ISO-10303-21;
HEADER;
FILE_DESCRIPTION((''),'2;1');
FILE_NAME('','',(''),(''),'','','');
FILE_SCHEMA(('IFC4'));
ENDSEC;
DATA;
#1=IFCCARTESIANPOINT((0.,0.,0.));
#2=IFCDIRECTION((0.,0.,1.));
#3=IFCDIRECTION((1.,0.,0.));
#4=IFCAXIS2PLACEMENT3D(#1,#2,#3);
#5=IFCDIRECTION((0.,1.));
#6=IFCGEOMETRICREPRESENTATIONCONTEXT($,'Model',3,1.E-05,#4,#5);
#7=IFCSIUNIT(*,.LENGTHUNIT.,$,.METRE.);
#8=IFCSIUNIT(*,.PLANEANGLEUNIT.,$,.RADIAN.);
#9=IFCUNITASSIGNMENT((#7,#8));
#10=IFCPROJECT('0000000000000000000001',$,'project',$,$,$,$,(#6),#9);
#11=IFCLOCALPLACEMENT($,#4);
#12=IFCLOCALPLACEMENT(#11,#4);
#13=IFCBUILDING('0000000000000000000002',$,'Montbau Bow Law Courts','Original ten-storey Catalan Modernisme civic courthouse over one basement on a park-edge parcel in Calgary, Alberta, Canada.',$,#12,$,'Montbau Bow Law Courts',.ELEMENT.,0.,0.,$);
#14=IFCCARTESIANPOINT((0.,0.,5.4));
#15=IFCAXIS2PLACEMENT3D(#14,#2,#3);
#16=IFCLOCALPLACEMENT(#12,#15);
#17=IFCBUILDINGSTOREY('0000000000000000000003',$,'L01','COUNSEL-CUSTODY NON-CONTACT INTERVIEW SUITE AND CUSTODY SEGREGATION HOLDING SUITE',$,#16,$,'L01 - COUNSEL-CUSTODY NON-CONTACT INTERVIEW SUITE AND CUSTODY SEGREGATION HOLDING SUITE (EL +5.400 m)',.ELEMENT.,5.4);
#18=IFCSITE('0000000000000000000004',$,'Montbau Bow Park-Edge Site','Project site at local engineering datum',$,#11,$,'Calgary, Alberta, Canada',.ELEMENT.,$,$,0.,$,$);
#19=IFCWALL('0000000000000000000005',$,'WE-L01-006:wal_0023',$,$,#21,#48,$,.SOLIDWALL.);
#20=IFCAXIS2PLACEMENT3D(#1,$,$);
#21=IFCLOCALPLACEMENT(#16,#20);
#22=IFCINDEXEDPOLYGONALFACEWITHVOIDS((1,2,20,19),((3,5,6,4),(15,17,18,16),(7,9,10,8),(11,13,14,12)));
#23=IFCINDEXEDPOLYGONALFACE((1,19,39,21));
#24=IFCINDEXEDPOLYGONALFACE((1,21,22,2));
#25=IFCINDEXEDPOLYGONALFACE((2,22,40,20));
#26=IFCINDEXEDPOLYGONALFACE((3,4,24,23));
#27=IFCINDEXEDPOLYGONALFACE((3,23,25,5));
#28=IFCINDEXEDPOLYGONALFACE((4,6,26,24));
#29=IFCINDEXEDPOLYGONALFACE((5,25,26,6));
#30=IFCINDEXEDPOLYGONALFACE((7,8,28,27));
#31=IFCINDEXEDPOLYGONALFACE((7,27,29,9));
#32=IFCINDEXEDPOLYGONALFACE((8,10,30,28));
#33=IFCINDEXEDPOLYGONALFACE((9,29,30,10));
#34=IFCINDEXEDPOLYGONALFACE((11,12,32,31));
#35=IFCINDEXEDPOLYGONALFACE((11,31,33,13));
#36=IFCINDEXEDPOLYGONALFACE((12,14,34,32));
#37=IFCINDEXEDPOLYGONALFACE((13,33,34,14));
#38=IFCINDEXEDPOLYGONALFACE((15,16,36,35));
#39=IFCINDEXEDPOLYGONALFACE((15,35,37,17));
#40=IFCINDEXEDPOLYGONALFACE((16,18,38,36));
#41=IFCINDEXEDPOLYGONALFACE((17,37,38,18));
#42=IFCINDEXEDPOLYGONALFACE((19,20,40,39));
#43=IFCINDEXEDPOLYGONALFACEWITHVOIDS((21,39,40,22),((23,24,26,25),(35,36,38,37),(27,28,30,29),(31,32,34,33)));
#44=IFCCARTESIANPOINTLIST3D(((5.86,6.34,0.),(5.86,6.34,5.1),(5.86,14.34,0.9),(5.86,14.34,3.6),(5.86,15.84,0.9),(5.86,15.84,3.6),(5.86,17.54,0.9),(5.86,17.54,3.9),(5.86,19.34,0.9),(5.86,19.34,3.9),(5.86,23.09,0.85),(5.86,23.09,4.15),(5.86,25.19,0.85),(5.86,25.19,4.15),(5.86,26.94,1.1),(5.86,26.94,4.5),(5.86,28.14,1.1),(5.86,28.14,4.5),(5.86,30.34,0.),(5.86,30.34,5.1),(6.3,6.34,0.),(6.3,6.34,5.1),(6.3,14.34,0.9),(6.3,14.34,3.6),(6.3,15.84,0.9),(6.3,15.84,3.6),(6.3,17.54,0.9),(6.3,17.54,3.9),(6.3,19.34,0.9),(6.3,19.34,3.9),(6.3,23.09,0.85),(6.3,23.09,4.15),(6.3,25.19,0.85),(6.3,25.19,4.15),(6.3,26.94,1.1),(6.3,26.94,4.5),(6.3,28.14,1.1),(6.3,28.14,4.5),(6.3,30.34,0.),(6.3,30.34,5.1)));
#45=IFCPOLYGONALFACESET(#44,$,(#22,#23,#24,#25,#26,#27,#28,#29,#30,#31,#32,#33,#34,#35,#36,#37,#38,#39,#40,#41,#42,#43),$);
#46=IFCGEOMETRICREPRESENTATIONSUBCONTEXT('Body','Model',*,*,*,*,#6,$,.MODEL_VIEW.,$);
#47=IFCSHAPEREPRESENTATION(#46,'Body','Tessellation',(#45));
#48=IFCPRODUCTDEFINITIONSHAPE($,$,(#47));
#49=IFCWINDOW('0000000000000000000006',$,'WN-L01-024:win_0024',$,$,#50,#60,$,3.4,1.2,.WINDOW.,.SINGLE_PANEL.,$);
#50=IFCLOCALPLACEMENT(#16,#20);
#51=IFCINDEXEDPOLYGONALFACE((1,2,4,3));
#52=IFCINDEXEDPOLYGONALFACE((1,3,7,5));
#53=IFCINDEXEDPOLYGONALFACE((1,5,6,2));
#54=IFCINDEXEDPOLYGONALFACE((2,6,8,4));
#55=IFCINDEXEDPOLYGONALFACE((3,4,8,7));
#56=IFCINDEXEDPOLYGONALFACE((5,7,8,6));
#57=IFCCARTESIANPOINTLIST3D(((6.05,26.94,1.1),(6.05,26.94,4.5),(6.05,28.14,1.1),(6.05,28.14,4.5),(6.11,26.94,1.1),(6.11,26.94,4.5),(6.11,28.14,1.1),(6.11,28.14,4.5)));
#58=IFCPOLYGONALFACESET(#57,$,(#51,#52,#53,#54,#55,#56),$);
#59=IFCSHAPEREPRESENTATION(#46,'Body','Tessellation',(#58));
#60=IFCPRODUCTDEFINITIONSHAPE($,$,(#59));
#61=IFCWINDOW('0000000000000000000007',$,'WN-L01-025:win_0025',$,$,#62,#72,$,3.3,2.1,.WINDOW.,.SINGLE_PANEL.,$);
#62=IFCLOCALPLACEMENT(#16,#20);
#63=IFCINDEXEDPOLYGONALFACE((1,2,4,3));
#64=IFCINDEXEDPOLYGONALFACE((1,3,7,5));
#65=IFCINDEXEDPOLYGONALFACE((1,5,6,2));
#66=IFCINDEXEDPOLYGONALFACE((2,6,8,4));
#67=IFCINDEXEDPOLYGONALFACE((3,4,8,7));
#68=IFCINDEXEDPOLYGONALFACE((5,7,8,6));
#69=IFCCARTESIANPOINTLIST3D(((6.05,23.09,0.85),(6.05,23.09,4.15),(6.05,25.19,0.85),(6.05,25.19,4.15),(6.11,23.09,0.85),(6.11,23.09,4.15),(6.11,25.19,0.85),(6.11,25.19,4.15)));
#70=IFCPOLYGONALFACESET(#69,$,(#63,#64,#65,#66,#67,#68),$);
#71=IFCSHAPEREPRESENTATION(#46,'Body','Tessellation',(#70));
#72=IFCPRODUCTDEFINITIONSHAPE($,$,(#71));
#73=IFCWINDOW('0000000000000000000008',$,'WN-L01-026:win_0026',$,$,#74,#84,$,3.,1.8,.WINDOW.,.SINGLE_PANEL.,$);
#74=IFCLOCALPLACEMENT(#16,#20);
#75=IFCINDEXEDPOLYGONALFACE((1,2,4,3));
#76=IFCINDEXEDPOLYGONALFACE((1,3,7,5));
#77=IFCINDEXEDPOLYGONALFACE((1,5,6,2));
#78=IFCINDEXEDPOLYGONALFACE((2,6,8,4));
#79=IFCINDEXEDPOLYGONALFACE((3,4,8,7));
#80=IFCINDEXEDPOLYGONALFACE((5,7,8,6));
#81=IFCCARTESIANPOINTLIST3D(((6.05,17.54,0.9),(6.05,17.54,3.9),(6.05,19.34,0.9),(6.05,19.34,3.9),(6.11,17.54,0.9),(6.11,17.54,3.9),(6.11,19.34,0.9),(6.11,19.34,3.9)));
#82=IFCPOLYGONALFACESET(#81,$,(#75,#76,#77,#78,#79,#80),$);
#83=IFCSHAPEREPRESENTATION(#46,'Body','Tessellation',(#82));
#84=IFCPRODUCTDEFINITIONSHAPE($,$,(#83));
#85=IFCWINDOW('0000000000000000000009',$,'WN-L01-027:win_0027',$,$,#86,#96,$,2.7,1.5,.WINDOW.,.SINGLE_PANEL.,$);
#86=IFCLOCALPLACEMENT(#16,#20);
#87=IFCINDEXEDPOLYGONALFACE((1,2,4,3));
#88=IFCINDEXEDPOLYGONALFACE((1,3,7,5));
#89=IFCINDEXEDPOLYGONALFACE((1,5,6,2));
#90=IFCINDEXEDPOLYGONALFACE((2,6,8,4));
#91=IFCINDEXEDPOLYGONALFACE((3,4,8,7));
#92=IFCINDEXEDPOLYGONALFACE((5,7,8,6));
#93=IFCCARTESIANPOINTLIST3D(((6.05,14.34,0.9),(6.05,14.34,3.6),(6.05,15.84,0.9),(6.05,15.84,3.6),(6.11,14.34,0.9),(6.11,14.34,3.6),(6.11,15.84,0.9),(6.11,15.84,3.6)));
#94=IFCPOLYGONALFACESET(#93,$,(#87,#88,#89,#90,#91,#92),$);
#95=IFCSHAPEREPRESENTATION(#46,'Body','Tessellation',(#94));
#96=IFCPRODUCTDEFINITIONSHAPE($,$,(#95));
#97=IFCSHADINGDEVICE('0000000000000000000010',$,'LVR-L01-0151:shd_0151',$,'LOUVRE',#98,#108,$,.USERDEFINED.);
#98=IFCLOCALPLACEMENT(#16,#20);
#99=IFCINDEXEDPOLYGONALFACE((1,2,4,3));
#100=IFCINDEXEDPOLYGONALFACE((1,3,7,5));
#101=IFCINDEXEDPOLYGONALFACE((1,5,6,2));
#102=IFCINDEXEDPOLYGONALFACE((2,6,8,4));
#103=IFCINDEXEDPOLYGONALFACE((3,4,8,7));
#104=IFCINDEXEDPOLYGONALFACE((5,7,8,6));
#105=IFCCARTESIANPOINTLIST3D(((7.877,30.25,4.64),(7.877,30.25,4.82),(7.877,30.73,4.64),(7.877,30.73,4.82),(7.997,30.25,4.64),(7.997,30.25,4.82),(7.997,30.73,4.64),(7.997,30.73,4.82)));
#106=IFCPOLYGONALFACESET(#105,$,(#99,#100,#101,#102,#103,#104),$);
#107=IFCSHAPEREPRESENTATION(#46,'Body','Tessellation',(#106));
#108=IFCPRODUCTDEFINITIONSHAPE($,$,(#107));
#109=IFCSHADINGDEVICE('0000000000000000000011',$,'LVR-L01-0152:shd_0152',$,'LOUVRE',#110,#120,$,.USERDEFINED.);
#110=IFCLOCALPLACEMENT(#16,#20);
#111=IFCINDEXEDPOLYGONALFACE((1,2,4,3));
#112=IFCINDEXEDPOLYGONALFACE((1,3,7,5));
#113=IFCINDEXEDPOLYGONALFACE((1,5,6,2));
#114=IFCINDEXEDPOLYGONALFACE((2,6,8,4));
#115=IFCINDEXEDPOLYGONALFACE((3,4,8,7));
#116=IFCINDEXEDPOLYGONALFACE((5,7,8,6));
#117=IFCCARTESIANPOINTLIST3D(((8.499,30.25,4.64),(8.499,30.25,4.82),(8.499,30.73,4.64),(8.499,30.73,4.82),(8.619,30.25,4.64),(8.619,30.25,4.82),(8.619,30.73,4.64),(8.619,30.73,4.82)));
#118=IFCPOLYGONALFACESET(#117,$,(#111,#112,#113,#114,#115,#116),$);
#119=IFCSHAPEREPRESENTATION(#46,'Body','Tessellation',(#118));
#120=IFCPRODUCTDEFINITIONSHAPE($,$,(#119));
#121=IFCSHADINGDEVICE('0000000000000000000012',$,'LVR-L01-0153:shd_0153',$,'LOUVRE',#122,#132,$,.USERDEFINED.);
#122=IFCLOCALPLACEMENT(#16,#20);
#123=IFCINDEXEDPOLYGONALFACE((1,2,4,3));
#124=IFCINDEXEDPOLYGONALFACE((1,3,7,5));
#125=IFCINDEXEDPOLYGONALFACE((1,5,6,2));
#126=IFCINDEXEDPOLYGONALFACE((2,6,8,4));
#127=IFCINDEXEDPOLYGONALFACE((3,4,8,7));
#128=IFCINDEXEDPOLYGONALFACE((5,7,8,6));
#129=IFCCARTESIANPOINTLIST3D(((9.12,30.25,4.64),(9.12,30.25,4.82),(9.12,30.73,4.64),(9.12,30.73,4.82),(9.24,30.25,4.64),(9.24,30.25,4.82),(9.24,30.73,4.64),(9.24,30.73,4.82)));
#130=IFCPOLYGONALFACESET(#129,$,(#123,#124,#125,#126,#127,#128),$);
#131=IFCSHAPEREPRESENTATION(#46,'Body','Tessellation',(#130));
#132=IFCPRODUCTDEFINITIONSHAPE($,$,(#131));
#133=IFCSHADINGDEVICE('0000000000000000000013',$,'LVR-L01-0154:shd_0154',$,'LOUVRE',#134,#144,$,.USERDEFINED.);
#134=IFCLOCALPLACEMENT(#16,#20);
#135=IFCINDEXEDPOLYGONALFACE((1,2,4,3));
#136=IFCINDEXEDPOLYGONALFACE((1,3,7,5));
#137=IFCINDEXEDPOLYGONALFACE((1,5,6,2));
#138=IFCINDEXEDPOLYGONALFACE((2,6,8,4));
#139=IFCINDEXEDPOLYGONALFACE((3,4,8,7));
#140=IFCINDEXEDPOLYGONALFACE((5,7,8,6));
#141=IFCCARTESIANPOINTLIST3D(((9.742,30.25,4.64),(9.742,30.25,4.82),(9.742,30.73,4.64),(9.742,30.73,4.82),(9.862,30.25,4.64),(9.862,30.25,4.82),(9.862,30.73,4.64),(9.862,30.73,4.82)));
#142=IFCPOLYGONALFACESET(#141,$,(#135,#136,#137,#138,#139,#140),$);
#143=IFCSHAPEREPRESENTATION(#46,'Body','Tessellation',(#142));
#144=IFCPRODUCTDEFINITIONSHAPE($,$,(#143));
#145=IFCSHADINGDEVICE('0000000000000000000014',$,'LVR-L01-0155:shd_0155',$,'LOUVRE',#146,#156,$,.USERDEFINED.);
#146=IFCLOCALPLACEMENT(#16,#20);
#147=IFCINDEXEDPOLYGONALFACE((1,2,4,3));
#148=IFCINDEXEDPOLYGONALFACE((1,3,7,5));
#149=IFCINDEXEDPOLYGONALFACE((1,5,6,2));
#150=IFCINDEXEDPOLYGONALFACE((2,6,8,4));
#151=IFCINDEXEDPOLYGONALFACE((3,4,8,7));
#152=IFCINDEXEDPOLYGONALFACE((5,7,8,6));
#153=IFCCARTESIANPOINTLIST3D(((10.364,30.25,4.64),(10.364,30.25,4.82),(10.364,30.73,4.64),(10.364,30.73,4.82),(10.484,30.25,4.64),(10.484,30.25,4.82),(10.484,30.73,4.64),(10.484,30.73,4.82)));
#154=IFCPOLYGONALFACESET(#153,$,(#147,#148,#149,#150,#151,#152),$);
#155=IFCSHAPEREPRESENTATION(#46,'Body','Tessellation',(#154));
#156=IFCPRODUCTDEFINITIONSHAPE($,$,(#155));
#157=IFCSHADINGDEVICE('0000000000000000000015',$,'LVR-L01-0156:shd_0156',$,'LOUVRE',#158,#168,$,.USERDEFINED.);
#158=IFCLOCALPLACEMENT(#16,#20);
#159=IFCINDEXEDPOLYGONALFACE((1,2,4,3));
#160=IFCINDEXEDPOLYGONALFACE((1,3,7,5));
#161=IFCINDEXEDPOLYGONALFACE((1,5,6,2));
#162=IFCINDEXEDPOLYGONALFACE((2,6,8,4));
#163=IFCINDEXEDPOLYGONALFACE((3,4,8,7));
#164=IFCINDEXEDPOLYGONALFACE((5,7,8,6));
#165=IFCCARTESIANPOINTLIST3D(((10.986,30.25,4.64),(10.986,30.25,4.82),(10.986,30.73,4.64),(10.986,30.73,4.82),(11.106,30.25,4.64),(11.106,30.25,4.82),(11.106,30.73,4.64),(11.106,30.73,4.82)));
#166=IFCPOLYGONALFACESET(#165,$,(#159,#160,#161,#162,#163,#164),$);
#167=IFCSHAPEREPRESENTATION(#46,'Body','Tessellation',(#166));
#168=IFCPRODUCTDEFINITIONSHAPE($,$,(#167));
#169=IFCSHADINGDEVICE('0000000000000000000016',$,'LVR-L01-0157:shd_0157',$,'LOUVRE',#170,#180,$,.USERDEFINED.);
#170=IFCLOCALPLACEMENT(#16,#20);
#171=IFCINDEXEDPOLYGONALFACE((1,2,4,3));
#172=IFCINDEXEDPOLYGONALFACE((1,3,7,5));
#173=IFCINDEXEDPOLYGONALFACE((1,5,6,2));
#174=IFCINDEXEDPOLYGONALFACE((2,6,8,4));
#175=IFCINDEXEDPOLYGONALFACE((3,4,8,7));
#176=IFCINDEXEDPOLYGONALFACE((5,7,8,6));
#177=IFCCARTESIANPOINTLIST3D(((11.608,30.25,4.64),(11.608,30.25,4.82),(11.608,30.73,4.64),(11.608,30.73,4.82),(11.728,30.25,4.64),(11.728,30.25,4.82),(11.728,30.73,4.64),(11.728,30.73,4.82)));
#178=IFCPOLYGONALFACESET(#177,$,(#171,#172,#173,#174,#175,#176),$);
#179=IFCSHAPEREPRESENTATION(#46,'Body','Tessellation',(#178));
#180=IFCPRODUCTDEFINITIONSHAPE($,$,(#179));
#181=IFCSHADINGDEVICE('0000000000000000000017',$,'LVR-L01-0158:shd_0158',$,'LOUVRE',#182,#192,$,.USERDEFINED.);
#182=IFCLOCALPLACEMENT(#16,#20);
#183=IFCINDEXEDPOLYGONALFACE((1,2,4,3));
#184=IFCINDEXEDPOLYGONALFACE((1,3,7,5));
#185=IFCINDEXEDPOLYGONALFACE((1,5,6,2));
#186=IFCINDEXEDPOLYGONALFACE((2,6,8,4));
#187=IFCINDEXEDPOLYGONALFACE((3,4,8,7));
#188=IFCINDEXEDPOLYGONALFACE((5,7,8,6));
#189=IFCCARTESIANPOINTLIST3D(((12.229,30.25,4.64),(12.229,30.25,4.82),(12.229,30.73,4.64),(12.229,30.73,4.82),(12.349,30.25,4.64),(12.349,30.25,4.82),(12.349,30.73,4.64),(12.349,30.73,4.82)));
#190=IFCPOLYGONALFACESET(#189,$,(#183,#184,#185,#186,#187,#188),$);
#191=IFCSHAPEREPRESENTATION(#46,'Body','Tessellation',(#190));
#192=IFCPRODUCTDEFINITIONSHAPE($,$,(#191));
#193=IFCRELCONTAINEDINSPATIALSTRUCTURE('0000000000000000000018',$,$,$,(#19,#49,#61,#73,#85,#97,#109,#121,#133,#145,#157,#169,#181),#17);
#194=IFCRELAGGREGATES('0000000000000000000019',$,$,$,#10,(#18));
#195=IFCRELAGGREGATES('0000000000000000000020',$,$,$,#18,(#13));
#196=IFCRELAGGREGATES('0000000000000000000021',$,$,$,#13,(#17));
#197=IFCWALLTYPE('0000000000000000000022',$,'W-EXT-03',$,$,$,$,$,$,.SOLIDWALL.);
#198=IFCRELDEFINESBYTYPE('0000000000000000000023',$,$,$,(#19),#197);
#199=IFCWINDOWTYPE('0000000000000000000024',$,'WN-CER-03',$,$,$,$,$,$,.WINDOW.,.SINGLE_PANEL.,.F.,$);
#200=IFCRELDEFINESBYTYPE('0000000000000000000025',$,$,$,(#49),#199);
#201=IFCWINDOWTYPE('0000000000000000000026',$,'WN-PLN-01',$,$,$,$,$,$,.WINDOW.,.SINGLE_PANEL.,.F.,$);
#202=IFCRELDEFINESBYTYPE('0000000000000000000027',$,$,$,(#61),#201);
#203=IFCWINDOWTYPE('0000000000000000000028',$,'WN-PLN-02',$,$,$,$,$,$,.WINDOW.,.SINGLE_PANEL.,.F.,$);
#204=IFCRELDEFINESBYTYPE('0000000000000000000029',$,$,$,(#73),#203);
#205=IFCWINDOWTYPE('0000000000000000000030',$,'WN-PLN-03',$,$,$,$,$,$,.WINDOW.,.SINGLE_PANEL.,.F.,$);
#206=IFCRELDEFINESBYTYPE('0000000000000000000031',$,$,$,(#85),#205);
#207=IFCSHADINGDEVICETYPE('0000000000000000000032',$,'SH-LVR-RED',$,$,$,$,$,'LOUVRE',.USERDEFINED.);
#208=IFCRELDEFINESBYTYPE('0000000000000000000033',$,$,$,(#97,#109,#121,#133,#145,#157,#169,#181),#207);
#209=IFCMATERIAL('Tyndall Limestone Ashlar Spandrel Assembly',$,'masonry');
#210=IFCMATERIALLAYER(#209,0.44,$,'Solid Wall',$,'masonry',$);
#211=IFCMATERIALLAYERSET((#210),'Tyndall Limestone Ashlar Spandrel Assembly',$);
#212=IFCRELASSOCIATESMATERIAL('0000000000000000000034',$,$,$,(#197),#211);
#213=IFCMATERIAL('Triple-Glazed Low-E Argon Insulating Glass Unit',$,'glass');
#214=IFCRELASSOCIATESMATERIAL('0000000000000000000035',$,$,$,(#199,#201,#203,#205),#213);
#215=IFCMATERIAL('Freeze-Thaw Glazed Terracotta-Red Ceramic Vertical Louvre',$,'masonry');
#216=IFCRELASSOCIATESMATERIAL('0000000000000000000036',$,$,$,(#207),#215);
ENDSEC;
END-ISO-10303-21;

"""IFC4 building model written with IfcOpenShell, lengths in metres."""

from ifc_helpers import new_model, si_unit, direction, frame, frame_2d, origin_with_axes, origin_2d_with_axis, place, context, subcontext, project, spatial, rectangle, extrude, material, layer, layer_set, type_object, element, fill, save


model = new_model("IFC4")

# Units and contexts
model_context = context("Model", 3, precision=1e-05, world=origin_with_axes(), true_north=direction((0.0, 1.0)))
body_context = subcontext(model_context, "Body", "Model", "MODEL_VIEW")
ifc_project = project(units=[si_unit("LENGTHUNIT", "METRE"), si_unit("PLANEANGLEUNIT", "RADIAN")], contexts=[model_context])

# Site, building, storey
site_placement = place(None, origin_with_axes())
site = spatial("IfcSite", under=ifc_project, at=site_placement, Name="Montbau Bow Park-Edge Site", Description="Project site at local engineering datum", LongName="Calgary, Alberta, Canada", CompositionType="ELEMENT", RefElevation=0.0)
building_placement = place(site_placement, origin_with_axes())
building = spatial("IfcBuilding", under=site, at=building_placement, Name="Montbau Bow Law Courts", Description="Original ten-storey Catalan Modernisme civic courthouse over one basement on a park-edge parcel in Calgary, Alberta, Canada.", LongName="Montbau Bow Law Courts", CompositionType="ELEMENT", ElevationOfRefHeight=0.0, ElevationOfTerrain=0.0)
storey_placement = place(building_placement, frame((0.0, 0.0, 5.4), z_axis=(0.0, 0.0, 1.0), x_axis=(1.0, 0.0, 0.0)))
storey = spatial("IfcBuildingStorey", under=building, at=storey_placement, Name="L01", Description="COUNSEL-CUSTODY NON-CONTACT INTERVIEW SUITE AND CUSTODY SEGREGATION HOLDING SUITE", LongName="L01 - COUNSEL-CUSTODY NON-CONTACT INTERVIEW SUITE AND CUSTODY SEGREGATION HOLDING SUITE (EL +5.400 m)", CompositionType="ELEMENT", Elevation=5.4)

# Wall, openings, windows
ifc_material_1 = material(Name="Tyndall Limestone Ashlar Spandrel Assembly", Category="masonry")
ifc_layer = layer(ifc_material_1, 0.44, Name="Solid Wall", Category="masonry")
ifc_layer_set = layer_set([ifc_layer], Name="Tyndall Limestone Ashlar Spandrel Assembly")
wall_type = type_object("IfcWallType", Name="W-EXT-03", PredefinedType="SOLIDWALL", material=ifc_layer_set)
wall_placement = place(None, frame((6.08, 30.34, 5.4), z_axis=(0.0, 0.0, 1.0), x_axis=(0.0, -1.0, 0.0)))
wall = element("IfcWall", 1, at=wall_placement, inside=storey, type_object=wall_type, Name="WE-L01-006:wal_0023", PredefinedType="SOLIDWALL", context=body_context, shape_type="SweptSolid", body=[
    extrude(rectangle(XDim=24.0, YDim=0.44, at=frame_2d((12.0, 0.0), x_axis=(1.0, 0.0))), origin_with_axes(), (0.0, 0.0, 1.0), 5.1),
])
opening_1_placement = place(None, frame((6.08, 27.54, 6.5), z_axis=(0.0, 0.0, 1.0), x_axis=(0.0, -1.0, 0.0)))
opening_1 = element("IfcOpeningElement", 2, at=opening_1_placement, cuts=wall, PredefinedType="OPENING", context=body_context, shape_type="SweptSolid", body=[
    extrude(rectangle(XDim=1.2, YDim=3.4, at=frame_2d((0.0, 1.7), x_axis=(1.0, 0.0))), frame((0.0, 0.23, 0.0), z_axis=(0.0, -1.0, 0.0), x_axis=(1.0, 0.0, 0.0)), (0.0, 0.0, 1.0), 0.46),
])
opening_2_placement = place(None, frame((6.08, 24.14, 6.25), z_axis=(0.0, 0.0, 1.0), x_axis=(0.0, -1.0, 0.0)))
opening_2 = element("IfcOpeningElement", 3, at=opening_2_placement, cuts=wall, PredefinedType="OPENING", context=body_context, shape_type="SweptSolid", body=[
    extrude(rectangle(XDim=2.1, YDim=3.3, at=frame_2d((0.0, 1.65), x_axis=(1.0, 0.0))), frame((0.0, 0.23, 0.0), z_axis=(0.0, -1.0, 0.0), x_axis=(1.0, 0.0, 0.0)), (0.0, 0.0, 1.0), 0.46),
])
opening_3_placement = place(None, frame((6.08, 18.44, 6.3), z_axis=(0.0, 0.0, 1.0), x_axis=(0.0, -1.0, 0.0)))
opening_3 = element("IfcOpeningElement", 4, at=opening_3_placement, cuts=wall, PredefinedType="OPENING", context=body_context, shape_type="SweptSolid", body=[
    extrude(rectangle(XDim=1.8, YDim=3.0, at=frame_2d((0.0, 1.5), x_axis=(1.0, 0.0))), frame((0.0, 0.23, 0.0), z_axis=(0.0, -1.0, 0.0), x_axis=(1.0, 0.0, 0.0)), (0.0, 0.0, 1.0), 0.46),
])
opening_4_placement = place(None, frame((6.08, 15.09, 6.3), z_axis=(0.0, 0.0, 1.0), x_axis=(0.0, -1.0, 0.0)))
opening_4 = element("IfcOpeningElement", 5, at=opening_4_placement, cuts=wall, PredefinedType="OPENING", context=body_context, shape_type="SweptSolid", body=[
    extrude(rectangle(XDim=1.5, YDim=2.7, at=frame_2d((0.0, 1.35), x_axis=(1.0, 0.0))), frame((0.0, 0.23, 0.0), z_axis=(0.0, -1.0, 0.0), x_axis=(1.0, 0.0, 0.0)), (0.0, 0.0, 1.0), 0.46),
])
ifc_material_2 = material(Name="Triple-Glazed Low-E Argon Insulating Glass Unit", Category="glass")
window_type_1 = type_object("IfcWindowType", Name="WN-CER-03", ParameterTakesPrecedence=False, PartitioningType="SINGLE_PANEL", PredefinedType="WINDOW", material=ifc_material_2)
window_1_placement = place(None, frame((6.08, 27.54, 6.5), z_axis=(0.0, 0.0, 1.0), x_axis=(0.0, -1.0, 0.0)))
window_1 = element("IfcWindow", 6, at=window_1_placement, inside=storey, type_object=window_type_1, Name="WN-L01-024:win_0024", OverallHeight=3.4, OverallWidth=1.2, PartitioningType="SINGLE_PANEL", PredefinedType="WINDOW", context=body_context, shape_type="SweptSolid", body=[
    extrude(rectangle(XDim=1.2, YDim=3.4, at=frame_2d((0.0, 1.7), x_axis=(1.0, 0.0))), frame((0.0, 0.03, 0.0), z_axis=(0.0, -1.0, 0.0), x_axis=(1.0, 0.0, 0.0)), (0.0, 0.0, 1.0), 0.06),
])
fill(opening_1, window_1)
window_type_2 = type_object("IfcWindowType", Name="WN-PLN-01", ParameterTakesPrecedence=False, PartitioningType="SINGLE_PANEL", PredefinedType="WINDOW", material=ifc_material_2)
window_2_placement = place(None, frame((6.08, 24.14, 6.25), z_axis=(0.0, 0.0, 1.0), x_axis=(0.0, -1.0, 0.0)))
window_2 = element("IfcWindow", 7, at=window_2_placement, inside=storey, type_object=window_type_2, Name="WN-L01-025:win_0025", OverallHeight=3.3, OverallWidth=2.1, PartitioningType="SINGLE_PANEL", PredefinedType="WINDOW", context=body_context, shape_type="SweptSolid", body=[
    extrude(rectangle(XDim=2.1, YDim=3.3, at=frame_2d((0.0, 1.65), x_axis=(1.0, 0.0))), frame((0.0, 0.03, 0.0), z_axis=(0.0, -1.0, 0.0), x_axis=(1.0, 0.0, 0.0)), (0.0, 0.0, 1.0), 0.06),
])
fill(opening_2, window_2)
window_type_3 = type_object("IfcWindowType", Name="WN-PLN-02", ParameterTakesPrecedence=False, PartitioningType="SINGLE_PANEL", PredefinedType="WINDOW", material=ifc_material_2)
window_3_placement = place(None, frame((6.08, 18.44, 6.3), z_axis=(0.0, 0.0, 1.0), x_axis=(0.0, -1.0, 0.0)))
window_3 = element("IfcWindow", 8, at=window_3_placement, inside=storey, type_object=window_type_3, Name="WN-L01-026:win_0026", OverallHeight=3.0, OverallWidth=1.8, PartitioningType="SINGLE_PANEL", PredefinedType="WINDOW", context=body_context, shape_type="SweptSolid", body=[
    extrude(rectangle(XDim=1.8, YDim=3.0, at=frame_2d((0.0, 1.5), x_axis=(1.0, 0.0))), frame((0.0, 0.03, 0.0), z_axis=(0.0, -1.0, 0.0), x_axis=(1.0, 0.0, 0.0)), (0.0, 0.0, 1.0), 0.06),
])
fill(opening_3, window_3)
window_type_4 = type_object("IfcWindowType", Name="WN-PLN-03", ParameterTakesPrecedence=False, PartitioningType="SINGLE_PANEL", PredefinedType="WINDOW", material=ifc_material_2)
window_4_placement = place(None, frame((6.08, 15.09, 6.3), z_axis=(0.0, 0.0, 1.0), x_axis=(0.0, -1.0, 0.0)))
window_4 = element("IfcWindow", 9, at=window_4_placement, inside=storey, type_object=window_type_4, Name="WN-L01-027:win_0027", OverallHeight=2.7, OverallWidth=1.5, PartitioningType="SINGLE_PANEL", PredefinedType="WINDOW", context=body_context, shape_type="SweptSolid", body=[
    extrude(rectangle(XDim=1.5, YDim=2.7, at=frame_2d((0.0, 1.35), x_axis=(1.0, 0.0))), frame((0.0, 0.03, 0.0), z_axis=(0.0, -1.0, 0.0), x_axis=(1.0, 0.0, 0.0)), (0.0, 0.0, 1.0), 0.06),
])
fill(opening_4, window_4)

# Shading devices
ifc_material_3 = material(Name="Freeze-Thaw Glazed Terracotta-Red Ceramic Vertical Louvre", Category="masonry")
shading_device_type = type_object("IfcShadingDeviceType", Name="SH-LVR-RED", ElementType="LOUVRE", PredefinedType="USERDEFINED", material=ifc_material_3)
for number, where, z_axis, x_axis, name in (
    (10, (7.937, 30.49, 10.04), (0.0, 0.0, 1.0), (0.0, -1.0, 0.0), "LVR-L01-0151:shd_0151"),
    (11, (8.559, 30.49, 10.04), (0.0, 0.0, 1.0), (0.0, -1.0, 0.0), "LVR-L01-0152:shd_0152"),
    (12, (9.18, 30.49, 10.04), (0.0, 0.0, 1.0), (0.0, -1.0, 0.0), "LVR-L01-0153:shd_0153"),
    (13, (9.802, 30.49, 10.04), (0.0, 0.0, 1.0), (0.0, -1.0, 0.0), "LVR-L01-0154:shd_0154"),
    (14, (10.424, 30.49, 10.04), (0.0, 0.0, 1.0), (0.0, -1.0, 0.0), "LVR-L01-0155:shd_0155"),
    (15, (11.046, 30.49, 10.04), (0.0, 0.0, 1.0), (0.0, -1.0, 0.0), "LVR-L01-0156:shd_0156"),
    (16, (11.668, 30.49, 10.04), (0.0, 0.0, 1.0), (0.0, -1.0, 0.0), "LVR-L01-0157:shd_0157"),
    (17, (12.289, 30.49, 10.04), (0.0, 0.0, 1.0), (0.0, -1.0, 0.0), "LVR-L01-0158:shd_0158"),
):
    element("IfcShadingDevice", number, at=place(None, frame(where, z_axis=z_axis, x_axis=x_axis)), inside=storey, type_object=shading_device_type, Name=name, ObjectType="LOUVRE", PredefinedType="USERDEFINED", context=body_context, shape_type="SweptSolid", body=[
        extrude(rectangle(XDim=0.48, YDim=0.12, at=origin_2d_with_axis()), origin_with_axes(), (0.0, 0.0, 1.0), 0.18),
    ])

save(model, "model.ifc")
